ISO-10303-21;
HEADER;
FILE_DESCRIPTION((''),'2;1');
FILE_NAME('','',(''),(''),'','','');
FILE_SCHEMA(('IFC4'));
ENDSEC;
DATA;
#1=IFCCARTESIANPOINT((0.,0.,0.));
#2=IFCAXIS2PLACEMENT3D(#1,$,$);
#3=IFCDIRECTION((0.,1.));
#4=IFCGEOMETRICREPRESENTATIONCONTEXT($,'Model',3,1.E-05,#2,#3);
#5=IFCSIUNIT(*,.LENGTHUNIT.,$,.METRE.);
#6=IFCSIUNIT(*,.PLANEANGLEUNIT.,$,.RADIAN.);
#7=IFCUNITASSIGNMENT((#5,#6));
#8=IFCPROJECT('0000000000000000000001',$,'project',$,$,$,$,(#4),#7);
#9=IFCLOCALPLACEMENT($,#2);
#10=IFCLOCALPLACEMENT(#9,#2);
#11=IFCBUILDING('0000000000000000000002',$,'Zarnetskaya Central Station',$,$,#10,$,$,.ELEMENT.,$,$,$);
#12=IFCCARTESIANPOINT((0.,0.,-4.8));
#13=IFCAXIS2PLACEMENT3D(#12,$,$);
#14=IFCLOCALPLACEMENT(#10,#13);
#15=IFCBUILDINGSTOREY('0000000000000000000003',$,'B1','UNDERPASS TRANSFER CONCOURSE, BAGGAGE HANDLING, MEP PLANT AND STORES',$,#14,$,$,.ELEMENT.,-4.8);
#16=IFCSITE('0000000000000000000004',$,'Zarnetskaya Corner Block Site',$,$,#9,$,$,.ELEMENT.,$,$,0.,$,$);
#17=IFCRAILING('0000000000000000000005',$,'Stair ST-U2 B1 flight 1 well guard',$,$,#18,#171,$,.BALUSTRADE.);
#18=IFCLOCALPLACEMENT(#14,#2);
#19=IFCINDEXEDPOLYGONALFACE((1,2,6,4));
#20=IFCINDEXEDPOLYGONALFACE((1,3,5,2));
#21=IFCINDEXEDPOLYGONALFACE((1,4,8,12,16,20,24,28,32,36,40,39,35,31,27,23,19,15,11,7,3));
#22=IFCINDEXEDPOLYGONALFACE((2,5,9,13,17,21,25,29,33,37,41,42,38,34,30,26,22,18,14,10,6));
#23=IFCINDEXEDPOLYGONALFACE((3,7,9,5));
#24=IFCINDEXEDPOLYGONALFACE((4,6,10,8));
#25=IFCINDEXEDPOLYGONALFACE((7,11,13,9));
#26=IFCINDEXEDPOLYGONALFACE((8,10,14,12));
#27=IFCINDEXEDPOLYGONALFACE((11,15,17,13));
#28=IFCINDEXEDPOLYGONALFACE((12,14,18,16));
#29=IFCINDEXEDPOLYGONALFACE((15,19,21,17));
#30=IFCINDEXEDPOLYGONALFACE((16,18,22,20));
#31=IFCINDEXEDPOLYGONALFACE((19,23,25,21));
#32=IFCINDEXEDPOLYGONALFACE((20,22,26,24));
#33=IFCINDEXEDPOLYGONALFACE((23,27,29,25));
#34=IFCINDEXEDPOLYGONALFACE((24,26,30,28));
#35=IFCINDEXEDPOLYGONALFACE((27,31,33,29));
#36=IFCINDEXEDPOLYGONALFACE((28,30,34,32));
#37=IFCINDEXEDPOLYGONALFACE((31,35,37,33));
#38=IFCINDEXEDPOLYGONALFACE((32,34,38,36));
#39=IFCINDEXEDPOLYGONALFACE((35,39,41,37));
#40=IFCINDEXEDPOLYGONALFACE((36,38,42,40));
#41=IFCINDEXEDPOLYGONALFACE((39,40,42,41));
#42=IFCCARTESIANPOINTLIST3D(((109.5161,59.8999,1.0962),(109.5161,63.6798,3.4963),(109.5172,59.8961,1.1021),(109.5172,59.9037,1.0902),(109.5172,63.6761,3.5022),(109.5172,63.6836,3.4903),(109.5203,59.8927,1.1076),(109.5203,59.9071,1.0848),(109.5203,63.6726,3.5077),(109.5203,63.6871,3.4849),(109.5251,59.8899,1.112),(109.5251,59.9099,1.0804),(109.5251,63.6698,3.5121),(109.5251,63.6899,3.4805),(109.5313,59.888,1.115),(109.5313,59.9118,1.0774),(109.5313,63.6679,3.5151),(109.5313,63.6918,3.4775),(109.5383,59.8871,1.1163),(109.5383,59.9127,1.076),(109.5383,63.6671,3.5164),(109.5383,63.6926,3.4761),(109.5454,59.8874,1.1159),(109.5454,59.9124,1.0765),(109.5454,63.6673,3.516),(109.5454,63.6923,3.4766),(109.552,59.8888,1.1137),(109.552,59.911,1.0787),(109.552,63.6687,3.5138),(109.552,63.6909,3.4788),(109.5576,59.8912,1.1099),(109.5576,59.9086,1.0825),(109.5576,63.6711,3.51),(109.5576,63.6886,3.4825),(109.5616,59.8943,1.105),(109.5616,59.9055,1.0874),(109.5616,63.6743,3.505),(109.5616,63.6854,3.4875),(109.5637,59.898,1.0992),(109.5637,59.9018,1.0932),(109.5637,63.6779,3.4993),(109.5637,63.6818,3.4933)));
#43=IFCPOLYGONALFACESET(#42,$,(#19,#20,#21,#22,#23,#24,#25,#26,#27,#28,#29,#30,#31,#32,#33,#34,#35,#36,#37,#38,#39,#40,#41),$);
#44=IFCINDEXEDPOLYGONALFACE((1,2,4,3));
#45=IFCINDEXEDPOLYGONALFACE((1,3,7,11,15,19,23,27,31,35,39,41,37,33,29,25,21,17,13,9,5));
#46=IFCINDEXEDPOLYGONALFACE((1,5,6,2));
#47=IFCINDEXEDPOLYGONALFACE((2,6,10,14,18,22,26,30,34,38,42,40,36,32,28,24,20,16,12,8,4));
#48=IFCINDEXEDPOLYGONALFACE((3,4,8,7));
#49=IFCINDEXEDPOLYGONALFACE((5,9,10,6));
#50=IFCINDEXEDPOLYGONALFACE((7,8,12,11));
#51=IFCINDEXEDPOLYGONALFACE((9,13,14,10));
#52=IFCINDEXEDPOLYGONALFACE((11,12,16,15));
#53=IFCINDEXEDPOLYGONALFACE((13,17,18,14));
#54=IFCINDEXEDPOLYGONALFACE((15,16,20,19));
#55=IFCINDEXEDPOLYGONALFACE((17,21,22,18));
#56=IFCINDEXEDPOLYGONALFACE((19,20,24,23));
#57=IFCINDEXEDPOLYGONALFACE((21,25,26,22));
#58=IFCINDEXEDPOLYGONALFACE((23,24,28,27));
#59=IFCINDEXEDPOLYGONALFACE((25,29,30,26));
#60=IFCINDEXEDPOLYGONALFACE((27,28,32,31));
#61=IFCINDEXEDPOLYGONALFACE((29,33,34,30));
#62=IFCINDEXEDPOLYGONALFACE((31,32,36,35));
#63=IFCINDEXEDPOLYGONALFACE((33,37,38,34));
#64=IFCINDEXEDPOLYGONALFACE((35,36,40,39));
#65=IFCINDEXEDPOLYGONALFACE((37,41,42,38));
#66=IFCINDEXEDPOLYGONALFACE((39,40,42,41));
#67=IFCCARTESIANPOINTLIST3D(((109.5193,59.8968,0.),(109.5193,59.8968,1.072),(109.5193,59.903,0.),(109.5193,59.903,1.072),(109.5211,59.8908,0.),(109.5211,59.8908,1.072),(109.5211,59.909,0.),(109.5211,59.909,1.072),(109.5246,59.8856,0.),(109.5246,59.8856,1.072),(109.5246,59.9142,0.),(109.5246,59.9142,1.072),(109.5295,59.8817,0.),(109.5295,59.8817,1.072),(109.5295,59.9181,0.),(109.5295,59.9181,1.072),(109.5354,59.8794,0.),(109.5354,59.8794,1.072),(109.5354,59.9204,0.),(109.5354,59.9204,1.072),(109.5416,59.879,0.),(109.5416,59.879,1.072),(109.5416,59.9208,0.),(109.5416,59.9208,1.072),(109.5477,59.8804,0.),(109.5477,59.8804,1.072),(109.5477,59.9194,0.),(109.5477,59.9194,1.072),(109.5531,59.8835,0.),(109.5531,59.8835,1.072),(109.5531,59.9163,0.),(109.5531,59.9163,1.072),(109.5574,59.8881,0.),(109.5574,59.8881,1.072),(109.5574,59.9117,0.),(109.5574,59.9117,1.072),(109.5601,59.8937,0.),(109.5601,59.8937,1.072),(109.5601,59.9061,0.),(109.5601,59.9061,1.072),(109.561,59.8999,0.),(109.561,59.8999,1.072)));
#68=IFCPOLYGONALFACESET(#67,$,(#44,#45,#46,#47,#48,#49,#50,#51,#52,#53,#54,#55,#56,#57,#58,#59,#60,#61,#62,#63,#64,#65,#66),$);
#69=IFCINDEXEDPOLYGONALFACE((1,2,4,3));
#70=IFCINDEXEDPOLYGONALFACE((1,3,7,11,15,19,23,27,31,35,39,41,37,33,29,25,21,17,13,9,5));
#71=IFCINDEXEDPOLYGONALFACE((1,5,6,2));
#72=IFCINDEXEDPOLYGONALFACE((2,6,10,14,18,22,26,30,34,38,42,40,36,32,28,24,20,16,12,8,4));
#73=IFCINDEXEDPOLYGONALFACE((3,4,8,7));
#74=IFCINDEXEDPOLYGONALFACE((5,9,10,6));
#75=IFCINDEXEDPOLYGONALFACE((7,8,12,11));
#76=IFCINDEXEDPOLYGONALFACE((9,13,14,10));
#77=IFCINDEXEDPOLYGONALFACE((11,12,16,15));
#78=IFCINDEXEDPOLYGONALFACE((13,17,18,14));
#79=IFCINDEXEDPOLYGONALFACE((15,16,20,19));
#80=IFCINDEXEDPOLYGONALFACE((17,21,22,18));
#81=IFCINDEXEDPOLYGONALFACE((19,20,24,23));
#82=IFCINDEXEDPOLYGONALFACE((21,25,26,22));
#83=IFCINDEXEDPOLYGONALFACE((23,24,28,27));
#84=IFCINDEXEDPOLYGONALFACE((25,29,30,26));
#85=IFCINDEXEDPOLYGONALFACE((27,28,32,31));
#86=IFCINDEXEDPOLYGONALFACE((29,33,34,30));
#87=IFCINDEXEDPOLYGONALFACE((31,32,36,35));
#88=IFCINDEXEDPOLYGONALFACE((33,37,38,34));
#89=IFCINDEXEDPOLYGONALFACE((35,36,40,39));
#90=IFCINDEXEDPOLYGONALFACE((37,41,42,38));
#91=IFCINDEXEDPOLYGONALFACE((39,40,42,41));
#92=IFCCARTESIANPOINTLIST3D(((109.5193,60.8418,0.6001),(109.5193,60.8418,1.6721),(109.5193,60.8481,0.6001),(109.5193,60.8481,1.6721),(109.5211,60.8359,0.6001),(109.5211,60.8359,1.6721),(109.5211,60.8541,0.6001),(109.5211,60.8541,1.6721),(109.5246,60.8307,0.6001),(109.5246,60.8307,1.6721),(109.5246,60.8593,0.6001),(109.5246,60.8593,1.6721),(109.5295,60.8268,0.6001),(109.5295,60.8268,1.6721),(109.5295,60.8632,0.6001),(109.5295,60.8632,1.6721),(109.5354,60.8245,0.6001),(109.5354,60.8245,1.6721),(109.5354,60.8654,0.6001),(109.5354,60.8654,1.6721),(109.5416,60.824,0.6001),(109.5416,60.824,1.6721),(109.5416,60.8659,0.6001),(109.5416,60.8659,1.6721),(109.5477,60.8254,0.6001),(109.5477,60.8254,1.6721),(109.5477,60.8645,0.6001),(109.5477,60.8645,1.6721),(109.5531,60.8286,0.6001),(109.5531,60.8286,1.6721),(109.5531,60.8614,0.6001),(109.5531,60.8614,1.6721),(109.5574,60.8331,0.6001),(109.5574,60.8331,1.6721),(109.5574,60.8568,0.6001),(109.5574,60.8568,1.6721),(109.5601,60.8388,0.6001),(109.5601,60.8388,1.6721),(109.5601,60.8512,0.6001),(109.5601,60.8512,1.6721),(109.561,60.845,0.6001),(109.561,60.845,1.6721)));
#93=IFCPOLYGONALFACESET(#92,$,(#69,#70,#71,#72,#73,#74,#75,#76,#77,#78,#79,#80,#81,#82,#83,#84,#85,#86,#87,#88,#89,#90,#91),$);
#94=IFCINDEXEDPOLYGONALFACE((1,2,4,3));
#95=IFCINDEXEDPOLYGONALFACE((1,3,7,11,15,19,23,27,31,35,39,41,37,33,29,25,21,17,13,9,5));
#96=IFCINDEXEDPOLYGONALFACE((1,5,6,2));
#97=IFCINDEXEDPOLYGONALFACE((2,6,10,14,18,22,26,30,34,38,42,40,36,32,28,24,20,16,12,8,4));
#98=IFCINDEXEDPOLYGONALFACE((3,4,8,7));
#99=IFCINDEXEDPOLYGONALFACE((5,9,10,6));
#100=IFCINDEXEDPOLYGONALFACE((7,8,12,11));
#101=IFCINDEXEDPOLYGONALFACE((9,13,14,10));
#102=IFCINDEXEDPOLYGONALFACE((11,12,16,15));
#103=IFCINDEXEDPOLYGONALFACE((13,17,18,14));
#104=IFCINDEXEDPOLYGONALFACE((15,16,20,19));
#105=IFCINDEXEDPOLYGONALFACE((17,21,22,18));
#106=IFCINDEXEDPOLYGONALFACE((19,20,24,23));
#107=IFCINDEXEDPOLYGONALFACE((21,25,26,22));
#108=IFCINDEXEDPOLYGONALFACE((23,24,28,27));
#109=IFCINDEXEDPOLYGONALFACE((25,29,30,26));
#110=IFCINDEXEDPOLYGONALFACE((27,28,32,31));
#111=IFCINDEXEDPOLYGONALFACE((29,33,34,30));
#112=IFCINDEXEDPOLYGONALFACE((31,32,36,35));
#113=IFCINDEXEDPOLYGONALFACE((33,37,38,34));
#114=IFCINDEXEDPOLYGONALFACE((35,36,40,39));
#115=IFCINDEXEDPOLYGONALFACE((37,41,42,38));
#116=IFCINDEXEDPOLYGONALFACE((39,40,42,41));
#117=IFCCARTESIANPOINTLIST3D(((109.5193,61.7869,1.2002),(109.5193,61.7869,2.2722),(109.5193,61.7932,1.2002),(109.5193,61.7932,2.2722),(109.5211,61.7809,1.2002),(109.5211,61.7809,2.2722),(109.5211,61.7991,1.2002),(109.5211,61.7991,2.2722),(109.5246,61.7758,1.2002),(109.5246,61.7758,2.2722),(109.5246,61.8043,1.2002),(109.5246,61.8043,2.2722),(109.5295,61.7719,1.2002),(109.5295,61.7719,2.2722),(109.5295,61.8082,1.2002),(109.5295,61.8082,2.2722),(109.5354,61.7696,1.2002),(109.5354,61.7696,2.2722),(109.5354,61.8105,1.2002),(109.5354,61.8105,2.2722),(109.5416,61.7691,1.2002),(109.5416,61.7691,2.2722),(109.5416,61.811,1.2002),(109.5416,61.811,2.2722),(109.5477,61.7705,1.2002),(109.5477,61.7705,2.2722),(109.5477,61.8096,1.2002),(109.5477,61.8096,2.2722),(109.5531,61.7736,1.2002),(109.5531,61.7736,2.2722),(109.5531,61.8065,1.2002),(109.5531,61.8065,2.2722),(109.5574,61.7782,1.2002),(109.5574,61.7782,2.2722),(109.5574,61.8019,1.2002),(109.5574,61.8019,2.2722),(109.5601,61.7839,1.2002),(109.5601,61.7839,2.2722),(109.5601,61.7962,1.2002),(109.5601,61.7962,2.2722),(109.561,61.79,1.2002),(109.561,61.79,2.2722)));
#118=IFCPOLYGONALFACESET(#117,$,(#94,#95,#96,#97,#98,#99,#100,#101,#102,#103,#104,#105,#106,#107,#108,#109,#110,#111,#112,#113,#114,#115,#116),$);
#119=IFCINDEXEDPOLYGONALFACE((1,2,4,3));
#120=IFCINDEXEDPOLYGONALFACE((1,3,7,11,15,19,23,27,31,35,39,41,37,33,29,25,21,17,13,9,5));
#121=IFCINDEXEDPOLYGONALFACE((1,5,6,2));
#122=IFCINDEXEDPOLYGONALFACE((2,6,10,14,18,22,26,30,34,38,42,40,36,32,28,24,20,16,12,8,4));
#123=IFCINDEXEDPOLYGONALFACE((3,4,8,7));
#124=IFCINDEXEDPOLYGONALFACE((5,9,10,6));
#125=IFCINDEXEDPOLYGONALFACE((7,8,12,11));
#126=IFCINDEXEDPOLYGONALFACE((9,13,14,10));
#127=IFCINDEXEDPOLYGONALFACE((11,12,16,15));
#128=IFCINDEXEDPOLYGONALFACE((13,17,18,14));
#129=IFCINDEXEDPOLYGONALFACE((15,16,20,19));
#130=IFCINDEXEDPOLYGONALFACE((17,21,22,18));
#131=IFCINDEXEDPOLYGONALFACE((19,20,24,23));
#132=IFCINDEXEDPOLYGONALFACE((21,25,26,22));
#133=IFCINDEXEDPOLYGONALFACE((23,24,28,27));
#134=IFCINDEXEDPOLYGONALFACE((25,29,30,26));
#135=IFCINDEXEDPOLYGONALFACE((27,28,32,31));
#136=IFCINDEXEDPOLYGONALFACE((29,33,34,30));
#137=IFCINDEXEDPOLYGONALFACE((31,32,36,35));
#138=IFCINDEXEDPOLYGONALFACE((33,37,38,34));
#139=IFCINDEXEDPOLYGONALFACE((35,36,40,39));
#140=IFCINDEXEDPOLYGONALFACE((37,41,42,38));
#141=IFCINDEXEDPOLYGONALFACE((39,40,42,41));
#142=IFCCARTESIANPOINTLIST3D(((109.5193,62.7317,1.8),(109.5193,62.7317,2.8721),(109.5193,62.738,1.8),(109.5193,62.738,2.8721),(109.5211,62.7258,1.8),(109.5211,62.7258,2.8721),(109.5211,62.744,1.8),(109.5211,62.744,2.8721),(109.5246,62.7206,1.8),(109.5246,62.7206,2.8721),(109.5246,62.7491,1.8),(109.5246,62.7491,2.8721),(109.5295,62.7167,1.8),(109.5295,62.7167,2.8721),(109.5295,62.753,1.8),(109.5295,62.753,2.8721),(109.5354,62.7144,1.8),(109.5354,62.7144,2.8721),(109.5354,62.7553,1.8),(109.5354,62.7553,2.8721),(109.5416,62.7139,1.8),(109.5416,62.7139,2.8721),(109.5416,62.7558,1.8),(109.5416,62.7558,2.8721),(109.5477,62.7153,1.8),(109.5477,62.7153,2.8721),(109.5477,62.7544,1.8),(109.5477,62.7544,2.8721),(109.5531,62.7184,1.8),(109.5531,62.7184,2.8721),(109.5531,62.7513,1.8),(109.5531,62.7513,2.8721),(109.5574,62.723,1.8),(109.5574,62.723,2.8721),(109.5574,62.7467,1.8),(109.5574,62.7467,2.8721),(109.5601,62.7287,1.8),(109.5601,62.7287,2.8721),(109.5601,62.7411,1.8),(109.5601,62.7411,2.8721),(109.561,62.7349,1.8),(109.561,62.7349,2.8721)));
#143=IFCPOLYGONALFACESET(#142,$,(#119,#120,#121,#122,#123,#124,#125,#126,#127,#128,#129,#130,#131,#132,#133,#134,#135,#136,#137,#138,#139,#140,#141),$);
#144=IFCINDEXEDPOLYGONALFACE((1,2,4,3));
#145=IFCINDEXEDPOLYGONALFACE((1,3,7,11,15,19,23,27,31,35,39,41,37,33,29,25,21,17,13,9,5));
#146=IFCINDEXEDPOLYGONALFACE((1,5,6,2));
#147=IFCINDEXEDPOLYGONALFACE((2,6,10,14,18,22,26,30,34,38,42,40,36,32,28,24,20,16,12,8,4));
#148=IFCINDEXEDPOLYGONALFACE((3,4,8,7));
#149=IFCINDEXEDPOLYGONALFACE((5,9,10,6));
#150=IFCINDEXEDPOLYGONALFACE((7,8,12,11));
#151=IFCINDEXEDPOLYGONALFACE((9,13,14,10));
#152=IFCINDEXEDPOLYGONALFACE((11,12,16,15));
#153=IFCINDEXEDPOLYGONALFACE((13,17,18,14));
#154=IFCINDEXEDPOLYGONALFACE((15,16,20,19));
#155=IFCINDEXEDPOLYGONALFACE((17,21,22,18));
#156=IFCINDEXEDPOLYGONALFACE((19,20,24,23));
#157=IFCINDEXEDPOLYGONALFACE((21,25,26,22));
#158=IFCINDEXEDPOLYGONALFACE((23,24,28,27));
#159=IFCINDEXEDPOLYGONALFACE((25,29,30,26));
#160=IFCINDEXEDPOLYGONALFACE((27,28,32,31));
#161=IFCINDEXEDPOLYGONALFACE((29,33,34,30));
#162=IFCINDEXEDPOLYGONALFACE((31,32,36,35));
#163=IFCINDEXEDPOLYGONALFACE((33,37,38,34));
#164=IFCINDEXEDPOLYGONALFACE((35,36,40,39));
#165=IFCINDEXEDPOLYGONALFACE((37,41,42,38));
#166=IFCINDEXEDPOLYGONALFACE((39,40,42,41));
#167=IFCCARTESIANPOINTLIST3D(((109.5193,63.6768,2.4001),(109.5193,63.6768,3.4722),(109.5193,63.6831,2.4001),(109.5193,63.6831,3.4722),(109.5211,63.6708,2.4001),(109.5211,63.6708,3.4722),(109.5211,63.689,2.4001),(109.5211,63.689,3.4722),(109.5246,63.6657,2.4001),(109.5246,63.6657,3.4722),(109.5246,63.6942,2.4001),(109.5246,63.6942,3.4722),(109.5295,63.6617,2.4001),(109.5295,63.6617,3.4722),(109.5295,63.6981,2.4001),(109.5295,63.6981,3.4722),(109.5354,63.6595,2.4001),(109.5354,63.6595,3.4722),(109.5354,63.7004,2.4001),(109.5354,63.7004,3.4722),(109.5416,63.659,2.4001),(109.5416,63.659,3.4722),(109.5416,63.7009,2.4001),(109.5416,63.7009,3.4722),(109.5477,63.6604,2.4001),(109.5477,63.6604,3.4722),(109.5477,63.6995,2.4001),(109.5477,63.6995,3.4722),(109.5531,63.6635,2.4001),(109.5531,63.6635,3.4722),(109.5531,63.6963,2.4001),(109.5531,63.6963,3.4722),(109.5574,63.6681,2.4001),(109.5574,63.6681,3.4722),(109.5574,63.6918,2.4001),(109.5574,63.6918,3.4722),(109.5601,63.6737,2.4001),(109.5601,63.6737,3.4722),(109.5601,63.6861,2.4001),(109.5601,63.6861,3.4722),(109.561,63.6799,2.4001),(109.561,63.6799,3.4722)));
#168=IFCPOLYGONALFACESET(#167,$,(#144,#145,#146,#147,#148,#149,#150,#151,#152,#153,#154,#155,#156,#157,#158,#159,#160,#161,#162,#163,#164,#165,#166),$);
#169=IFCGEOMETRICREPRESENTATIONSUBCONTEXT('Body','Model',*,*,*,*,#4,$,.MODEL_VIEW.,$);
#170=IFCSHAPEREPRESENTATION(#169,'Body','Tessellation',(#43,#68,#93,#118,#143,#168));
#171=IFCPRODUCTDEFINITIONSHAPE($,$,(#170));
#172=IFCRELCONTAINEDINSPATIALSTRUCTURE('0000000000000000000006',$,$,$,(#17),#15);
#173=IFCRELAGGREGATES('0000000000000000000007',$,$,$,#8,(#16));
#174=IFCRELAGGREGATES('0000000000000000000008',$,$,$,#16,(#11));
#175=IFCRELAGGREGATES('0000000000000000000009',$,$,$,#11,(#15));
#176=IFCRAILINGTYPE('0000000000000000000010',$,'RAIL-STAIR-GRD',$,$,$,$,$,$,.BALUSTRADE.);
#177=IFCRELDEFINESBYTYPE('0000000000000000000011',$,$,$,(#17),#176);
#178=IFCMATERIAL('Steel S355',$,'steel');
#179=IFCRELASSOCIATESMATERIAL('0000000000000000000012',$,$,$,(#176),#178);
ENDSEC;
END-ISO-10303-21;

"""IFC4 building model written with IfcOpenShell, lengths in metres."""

from ifc_helpers import new_model, si_unit, direction, frame, origin, origin_2d, place, context, subcontext, project, spatial, circle, extrude, material, type_object, element, save


model = new_model("IFC4")

# Units and contexts
model_context = context("Model", 3, precision=1e-05, world=origin(), true_north=direction((0.0, 1.0)))
body_context = subcontext(model_context, "Body", "Model", "MODEL_VIEW")
ifc_project = project(units=[si_unit("LENGTHUNIT", "METRE"), si_unit("PLANEANGLEUNIT", "RADIAN")], contexts=[model_context])

# Site, building, storey
site_placement = place(None, origin())
site = spatial("IfcSite", under=ifc_project, at=site_placement, Name="Zarnetskaya Corner Block Site", CompositionType="ELEMENT", RefElevation=0.0)
building_placement = place(site_placement, origin())
building = spatial("IfcBuilding", under=site, at=building_placement, Name="Zarnetskaya Central Station", CompositionType="ELEMENT")
storey_placement = place(building_placement, frame((0.0, 0.0, -4.8)))
storey = spatial("IfcBuildingStorey", under=building, at=storey_placement, Name="B1", Description="UNDERPASS TRANSFER CONCOURSE, BAGGAGE HANDLING, MEP PLANT AND STORES", CompositionType="ELEMENT", Elevation=-4.8)

# Railing
ifc_material_1 = material(Name="Steel S355", Category="steel")
railing_type_1 = type_object("IfcRailingType", Name="RAIL-STAIR-GRD", PredefinedType="BALUSTRADE", material=ifc_material_1)
railing_1_placement = place(storey_placement, frame((109.54, 59.8999, 0.0)))
element("IfcRailing", 1, at=railing_1_placement, inside=storey, type_object=railing_type_1, Name="Stair ST-U2 B1 flight 1 well guard", PredefinedType="BALUSTRADE", context=body_context, shape_type="SweptSolid", body=[
    extrude(circle(Radius=0.0239, at=origin_2d()), frame((0.0, 0.0, 1.0962), z_axis=(0.0, 0.8442, 0.536028), x_axis=(-1.0, 0.0, 0.0)), (0.0, 0.0, 1.0), 4.4775),
    extrude(circle(Radius=0.021, at=origin_2d()), origin(), (0.0, 0.0, 1.0), 1.072),
    extrude(circle(Radius=0.021, at=origin_2d()), frame((0.0, 0.9451, 0.6001)), (0.0, 0.0, 1.0), 1.072),
    extrude(circle(Radius=0.021, at=origin_2d()), frame((0.0, 1.8901, 1.2002)), (0.0, 0.0, 1.0), 1.072),
    extrude(circle(Radius=0.021, at=origin_2d()), frame((0.0, 2.835, 1.8)), (0.0, 0.0, 1.0), 1.072),
    extrude(circle(Radius=0.021, at=origin_2d()), frame((0.0, 3.78, 2.4001)), (0.0, 0.0, 1.0), 1.072),
])

save(model, "model.ifc")
